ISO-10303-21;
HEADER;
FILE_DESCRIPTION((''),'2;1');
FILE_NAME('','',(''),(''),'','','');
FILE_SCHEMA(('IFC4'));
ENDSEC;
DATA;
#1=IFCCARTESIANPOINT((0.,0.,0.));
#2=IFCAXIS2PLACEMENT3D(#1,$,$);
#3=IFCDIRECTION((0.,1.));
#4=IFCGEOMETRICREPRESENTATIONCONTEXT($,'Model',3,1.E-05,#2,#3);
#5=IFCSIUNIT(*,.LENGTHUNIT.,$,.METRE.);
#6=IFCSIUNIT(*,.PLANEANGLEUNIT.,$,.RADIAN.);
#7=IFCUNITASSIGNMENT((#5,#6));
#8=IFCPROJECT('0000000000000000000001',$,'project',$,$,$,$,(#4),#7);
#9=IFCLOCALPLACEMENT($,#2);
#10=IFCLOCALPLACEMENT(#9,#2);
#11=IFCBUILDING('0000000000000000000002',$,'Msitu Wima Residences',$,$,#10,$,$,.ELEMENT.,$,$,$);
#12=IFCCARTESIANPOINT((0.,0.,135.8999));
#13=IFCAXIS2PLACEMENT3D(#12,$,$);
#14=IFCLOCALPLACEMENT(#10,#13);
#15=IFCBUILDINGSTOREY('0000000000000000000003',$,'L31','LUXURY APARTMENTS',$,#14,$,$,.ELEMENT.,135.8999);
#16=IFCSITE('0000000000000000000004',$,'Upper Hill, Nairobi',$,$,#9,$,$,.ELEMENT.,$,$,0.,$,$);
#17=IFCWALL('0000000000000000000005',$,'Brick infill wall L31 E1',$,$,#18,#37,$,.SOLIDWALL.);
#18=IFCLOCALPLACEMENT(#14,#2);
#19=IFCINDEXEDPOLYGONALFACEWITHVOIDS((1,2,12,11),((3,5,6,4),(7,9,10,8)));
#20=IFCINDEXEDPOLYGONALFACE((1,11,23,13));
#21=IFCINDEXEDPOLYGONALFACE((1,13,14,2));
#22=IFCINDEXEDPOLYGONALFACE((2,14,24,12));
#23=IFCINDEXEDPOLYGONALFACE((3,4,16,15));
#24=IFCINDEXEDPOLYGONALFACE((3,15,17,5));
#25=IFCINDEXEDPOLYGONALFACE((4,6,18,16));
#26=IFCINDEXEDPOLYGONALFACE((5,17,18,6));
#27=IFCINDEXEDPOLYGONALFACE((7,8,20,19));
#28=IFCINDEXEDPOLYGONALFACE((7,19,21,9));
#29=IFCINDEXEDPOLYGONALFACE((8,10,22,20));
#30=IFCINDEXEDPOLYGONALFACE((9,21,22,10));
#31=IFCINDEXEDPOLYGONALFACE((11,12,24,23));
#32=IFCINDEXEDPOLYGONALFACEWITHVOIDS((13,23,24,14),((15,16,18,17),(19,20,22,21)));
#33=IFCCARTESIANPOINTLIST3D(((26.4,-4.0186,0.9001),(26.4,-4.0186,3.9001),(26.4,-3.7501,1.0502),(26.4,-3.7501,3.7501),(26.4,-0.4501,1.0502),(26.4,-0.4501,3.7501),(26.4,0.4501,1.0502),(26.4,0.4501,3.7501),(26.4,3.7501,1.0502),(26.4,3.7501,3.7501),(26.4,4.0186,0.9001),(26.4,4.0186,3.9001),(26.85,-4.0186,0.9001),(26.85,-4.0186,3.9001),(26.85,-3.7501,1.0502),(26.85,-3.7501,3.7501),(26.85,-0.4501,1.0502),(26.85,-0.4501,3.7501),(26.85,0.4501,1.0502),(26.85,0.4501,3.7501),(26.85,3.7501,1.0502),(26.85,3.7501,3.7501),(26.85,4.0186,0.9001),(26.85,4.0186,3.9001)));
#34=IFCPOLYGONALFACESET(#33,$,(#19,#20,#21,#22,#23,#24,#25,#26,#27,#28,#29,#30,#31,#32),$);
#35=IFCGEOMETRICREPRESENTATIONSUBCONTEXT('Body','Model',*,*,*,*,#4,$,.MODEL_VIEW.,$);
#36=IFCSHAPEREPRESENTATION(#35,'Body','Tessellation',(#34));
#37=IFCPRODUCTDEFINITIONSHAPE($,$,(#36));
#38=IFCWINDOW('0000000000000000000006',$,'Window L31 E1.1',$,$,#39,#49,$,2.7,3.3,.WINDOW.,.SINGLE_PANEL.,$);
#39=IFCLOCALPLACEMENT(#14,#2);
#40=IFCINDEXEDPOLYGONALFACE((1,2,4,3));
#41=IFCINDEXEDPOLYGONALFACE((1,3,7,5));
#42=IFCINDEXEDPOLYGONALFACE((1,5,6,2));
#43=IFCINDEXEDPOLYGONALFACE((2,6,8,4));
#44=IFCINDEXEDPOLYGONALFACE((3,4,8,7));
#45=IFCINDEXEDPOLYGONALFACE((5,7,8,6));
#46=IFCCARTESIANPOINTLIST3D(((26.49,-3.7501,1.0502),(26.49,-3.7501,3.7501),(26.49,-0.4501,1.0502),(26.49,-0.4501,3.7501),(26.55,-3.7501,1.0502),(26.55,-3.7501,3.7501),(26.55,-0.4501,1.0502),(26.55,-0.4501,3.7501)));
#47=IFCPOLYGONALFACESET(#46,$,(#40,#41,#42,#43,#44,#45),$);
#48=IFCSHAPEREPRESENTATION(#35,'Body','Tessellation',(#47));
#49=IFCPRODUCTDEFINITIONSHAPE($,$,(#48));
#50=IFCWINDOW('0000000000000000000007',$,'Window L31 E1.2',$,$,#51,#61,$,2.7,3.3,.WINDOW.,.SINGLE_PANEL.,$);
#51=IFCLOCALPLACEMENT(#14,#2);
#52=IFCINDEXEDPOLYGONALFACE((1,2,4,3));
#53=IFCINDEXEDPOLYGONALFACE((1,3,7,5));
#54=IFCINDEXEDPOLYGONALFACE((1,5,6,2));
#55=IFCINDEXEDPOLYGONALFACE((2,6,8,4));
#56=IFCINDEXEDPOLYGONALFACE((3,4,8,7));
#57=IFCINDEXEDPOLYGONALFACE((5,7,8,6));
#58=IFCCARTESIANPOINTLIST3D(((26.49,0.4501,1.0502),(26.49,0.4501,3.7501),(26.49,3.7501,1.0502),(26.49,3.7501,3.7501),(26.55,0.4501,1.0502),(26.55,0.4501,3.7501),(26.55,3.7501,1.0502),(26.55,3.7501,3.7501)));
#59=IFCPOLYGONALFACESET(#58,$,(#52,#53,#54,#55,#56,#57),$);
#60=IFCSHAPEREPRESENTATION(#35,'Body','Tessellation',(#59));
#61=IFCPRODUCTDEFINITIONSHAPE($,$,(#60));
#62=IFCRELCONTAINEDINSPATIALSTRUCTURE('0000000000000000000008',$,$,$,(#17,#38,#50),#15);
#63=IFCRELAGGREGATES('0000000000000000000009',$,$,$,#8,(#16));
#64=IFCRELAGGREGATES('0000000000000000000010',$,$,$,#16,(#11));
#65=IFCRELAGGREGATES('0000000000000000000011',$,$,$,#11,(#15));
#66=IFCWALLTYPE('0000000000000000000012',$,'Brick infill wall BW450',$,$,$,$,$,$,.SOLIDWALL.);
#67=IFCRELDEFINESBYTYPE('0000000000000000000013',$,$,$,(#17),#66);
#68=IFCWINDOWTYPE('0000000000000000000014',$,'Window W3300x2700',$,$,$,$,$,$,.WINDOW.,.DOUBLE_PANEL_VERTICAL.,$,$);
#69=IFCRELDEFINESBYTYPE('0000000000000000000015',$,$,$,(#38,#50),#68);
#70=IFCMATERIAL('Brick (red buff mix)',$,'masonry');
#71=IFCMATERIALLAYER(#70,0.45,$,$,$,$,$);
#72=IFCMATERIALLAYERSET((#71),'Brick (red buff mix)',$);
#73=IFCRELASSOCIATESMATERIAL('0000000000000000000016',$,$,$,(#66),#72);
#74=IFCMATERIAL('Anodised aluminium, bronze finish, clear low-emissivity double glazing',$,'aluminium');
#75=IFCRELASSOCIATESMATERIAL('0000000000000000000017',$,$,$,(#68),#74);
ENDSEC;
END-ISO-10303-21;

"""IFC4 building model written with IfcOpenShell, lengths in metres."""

from ifc_helpers import new_model, si_unit, direction, frame, frame_2d, origin, place, context, subcontext, project, spatial, rectangle, extrude, material, layer, layer_set, type_object, element, fill, save


model = new_model("IFC4")

# Units and contexts
model_context = context("Model", 3, precision=1e-05, world=origin(), true_north=direction((0.0, 1.0)))
body_context = subcontext(model_context, "Body", "Model", "MODEL_VIEW")
ifc_project = project(units=[si_unit("LENGTHUNIT", "METRE"), si_unit("PLANEANGLEUNIT", "RADIAN")], contexts=[model_context])

# Site, building, storey
site_placement = place(None, origin())
site = spatial("IfcSite", under=ifc_project, at=site_placement, Name="Upper Hill, Nairobi", CompositionType="ELEMENT", RefElevation=0.0)
building_placement = place(site_placement, origin())
building = spatial("IfcBuilding", under=site, at=building_placement, Name="Msitu Wima Residences", CompositionType="ELEMENT")
storey_placement = place(building_placement, frame((0.0, 0.0, 135.8999)))
storey = spatial("IfcBuildingStorey", under=building, at=storey_placement, Name="L31", Description="LUXURY APARTMENTS", CompositionType="ELEMENT", Elevation=135.8999)

# Shared definitions
ifc_material_1 = material(Name="Brick (red buff mix)", Category="masonry")
ifc_layer_1 = layer(ifc_material_1, 0.45)
ifc_layer_set_1 = layer_set([ifc_layer_1], Name="Brick (red buff mix)")
wall_type_1 = type_object("IfcWallType", Name="Brick infill wall BW450", PredefinedType="SOLIDWALL", material=ifc_layer_set_1)
ifc_material_2 = material(Name="Anodised aluminium, bronze finish, clear low-emissivity double glazing", Category="aluminium")
window_type = type_object("IfcWindowType", Name="Window W3300x2700", PartitioningType="DOUBLE_PANEL_VERTICAL", PredefinedType="WINDOW", material=ifc_material_2)

# Wall, openings, windows
wall_1_placement = place(storey_placement, frame((26.625, -4.0186, 0.9001), z_axis=(0.0, 0.0, 1.0), x_axis=(0.0, 1.0, 0.0)))
wall_1 = element("IfcWall", 1, at=wall_1_placement, inside=storey, type_object=wall_type_1, Name="Brick infill wall L31 E1", PredefinedType="SOLIDWALL", context=body_context, shape_type="SweptSolid", body=[
    extrude(rectangle(XDim=8.0371, YDim=0.45, at=frame_2d((4.0186, 0.0))), origin(), (0.0, 0.0, 1.0), 3.0),
])
opening_1_placement = place(wall_1_placement, frame((0.2686, 0.0, 0.1499)))
opening_1 = element("IfcOpeningElement", 2, at=opening_1_placement, cuts=wall_1, PredefinedType="OPENING", context=body_context, shape_type="SweptSolid", body=[
    extrude(rectangle(XDim=3.3, YDim=2.7, at=frame_2d((1.6499, 1.3501))), frame((0.0, 0.2349, 0.0), z_axis=(0.0, -1.0, 0.0), x_axis=(1.0, 0.0, 0.0)), (0.0, 0.0, 1.0), 0.47),
])
opening_2_placement = place(wall_1_placement, frame((4.4688, 0.0, 0.1499)))
opening_2 = element("IfcOpeningElement", 3, at=opening_2_placement, cuts=wall_1, PredefinedType="OPENING", context=body_context, shape_type="SweptSolid", body=[
    extrude(rectangle(XDim=3.3, YDim=2.7, at=frame_2d((1.6499, 1.3501))), frame((0.0, 0.2349, 0.0), z_axis=(0.0, -1.0, 0.0), x_axis=(1.0, 0.0, 0.0)), (0.0, 0.0, 1.0), 0.47),
])
window_1_placement = place(opening_1_placement, origin())
window_1 = element("IfcWindow", 4, at=window_1_placement, inside=storey, type_object=window_type, Name="Window L31 E1.1", OverallHeight=2.7, OverallWidth=3.3, PartitioningType="SINGLE_PANEL", PredefinedType="WINDOW", context=body_context, shape_type="SweptSolid", body=[
    extrude(rectangle(XDim=3.3, YDim=2.7, at=frame_2d((1.6499, 1.3501))), frame((0.0, 0.135, 0.0), z_axis=(0.0, -1.0, 0.0), x_axis=(1.0, 0.0, 0.0)), (0.0, 0.0, 1.0), 0.0601),
])
fill(opening_1, window_1)
window_2_placement = place(opening_2_placement, origin())
window_2 = element("IfcWindow", 5, at=window_2_placement, inside=storey, type_object=window_type, Name="Window L31 E1.2", OverallHeight=2.7, OverallWidth=3.3, PartitioningType="SINGLE_PANEL", PredefinedType="WINDOW", context=body_context, shape_type="SweptSolid", body=[
    extrude(rectangle(XDim=3.3, YDim=2.7, at=frame_2d((1.6499, 1.3501))), frame((0.0, 0.135, 0.0), z_axis=(0.0, -1.0, 0.0), x_axis=(1.0, 0.0, 0.0)), (0.0, 0.0, 1.0), 0.0601),
])
fill(opening_2, window_2)

save(model, "model.ifc")
